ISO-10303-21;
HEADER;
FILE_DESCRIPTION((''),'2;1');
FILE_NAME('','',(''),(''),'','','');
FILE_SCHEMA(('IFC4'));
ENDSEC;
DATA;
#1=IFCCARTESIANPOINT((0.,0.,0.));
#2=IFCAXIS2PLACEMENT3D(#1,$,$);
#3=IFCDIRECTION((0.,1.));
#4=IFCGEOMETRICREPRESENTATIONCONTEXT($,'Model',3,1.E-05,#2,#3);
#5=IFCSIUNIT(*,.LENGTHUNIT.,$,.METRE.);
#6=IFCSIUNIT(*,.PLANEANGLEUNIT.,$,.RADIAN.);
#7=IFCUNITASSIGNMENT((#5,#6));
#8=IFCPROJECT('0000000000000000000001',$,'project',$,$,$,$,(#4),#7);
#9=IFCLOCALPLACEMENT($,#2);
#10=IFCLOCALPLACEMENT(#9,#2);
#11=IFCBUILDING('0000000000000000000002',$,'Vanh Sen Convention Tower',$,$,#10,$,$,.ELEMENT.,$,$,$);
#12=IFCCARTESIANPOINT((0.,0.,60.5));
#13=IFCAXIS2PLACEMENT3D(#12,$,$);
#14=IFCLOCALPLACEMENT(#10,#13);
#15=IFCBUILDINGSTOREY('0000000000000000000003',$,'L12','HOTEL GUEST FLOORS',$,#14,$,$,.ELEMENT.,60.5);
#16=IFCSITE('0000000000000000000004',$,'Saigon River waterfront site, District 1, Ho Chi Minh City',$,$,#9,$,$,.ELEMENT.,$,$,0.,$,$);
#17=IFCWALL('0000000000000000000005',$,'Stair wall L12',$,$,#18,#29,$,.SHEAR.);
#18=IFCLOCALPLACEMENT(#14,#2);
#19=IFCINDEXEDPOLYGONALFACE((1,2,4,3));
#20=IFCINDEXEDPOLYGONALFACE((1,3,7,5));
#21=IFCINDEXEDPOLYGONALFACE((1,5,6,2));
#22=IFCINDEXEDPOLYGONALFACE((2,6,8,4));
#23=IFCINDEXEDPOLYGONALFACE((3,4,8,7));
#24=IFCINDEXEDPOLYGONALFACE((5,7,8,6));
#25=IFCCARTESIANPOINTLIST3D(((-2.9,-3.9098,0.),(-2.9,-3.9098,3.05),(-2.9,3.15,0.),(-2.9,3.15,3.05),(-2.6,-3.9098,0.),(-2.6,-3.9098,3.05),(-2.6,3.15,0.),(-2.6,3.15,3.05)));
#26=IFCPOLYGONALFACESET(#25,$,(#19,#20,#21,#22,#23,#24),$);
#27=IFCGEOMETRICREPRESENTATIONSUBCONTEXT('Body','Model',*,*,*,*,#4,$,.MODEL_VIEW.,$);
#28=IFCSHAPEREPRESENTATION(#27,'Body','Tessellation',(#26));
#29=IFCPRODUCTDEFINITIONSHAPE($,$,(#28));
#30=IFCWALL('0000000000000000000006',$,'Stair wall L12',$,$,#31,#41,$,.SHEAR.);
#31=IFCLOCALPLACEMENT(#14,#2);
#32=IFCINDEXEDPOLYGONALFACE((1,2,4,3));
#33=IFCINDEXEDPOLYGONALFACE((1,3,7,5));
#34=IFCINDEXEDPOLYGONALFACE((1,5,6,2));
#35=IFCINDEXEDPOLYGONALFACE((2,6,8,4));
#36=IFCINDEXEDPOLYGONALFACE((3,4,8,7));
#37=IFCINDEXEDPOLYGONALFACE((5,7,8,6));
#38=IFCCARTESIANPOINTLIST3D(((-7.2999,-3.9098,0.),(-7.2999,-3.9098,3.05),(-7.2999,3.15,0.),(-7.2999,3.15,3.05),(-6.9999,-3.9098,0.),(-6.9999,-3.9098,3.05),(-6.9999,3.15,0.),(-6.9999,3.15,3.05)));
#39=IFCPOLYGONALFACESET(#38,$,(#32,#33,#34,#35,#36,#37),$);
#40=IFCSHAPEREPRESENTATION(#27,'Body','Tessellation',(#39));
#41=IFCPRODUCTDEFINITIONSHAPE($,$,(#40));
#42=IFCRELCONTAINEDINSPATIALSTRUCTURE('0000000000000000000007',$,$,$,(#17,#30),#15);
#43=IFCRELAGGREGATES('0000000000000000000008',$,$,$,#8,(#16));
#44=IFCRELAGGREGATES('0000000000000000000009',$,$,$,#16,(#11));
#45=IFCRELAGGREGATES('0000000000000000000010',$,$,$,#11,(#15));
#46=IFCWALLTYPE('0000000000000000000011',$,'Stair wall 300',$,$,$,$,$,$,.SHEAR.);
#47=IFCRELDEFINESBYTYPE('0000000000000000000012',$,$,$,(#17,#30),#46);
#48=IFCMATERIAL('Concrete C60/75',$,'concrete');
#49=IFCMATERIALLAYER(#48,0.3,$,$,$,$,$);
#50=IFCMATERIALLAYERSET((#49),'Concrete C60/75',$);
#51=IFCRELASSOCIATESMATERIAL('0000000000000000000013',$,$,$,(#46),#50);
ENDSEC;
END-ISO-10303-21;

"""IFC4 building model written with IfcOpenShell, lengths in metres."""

from ifc_helpers import new_model, si_unit, direction, frame, frame_2d, origin, place, context, subcontext, project, spatial, rectangle, extrude, material, layer, layer_set, type_object, element, save


model = new_model("IFC4")

# Units and contexts
model_context = context("Model", 3, precision=1e-05, world=origin(), true_north=direction((0.0, 1.0)))
body_context = subcontext(model_context, "Body", "Model", "MODEL_VIEW")
ifc_project = project(units=[si_unit("LENGTHUNIT", "METRE"), si_unit("PLANEANGLEUNIT", "RADIAN")], contexts=[model_context])

# Site, building, storey
site_placement = place(None, origin())
site = spatial("IfcSite", under=ifc_project, at=site_placement, Name="Saigon River waterfront site, District 1, Ho Chi Minh City", CompositionType="ELEMENT", RefElevation=0.0)
building_placement = place(site_placement, origin())
building = spatial("IfcBuilding", under=site, at=building_placement, Name="Vanh Sen Convention Tower", CompositionType="ELEMENT")
storey_placement = place(building_placement, frame((0.0, 0.0, 60.5)))
storey = spatial("IfcBuildingStorey", under=building, at=storey_placement, Name="L12", Description="HOTEL GUEST FLOORS", CompositionType="ELEMENT", Elevation=60.5)

# Shared definitions
ifc_material_1 = material(Name="Concrete C60/75", Category="concrete")

# Shared definitions
ifc_layer_1 = layer(ifc_material_1, 0.3)
ifc_layer_set_1 = layer_set([ifc_layer_1], Name="Concrete C60/75")
wall_type_1 = type_object("IfcWallType", Name="Stair wall 300", PredefinedType="SHEAR", material=ifc_layer_set_1)

# Walls
for number, where, z_axis, x_axis, name in (
    (1, (-2.75, 3.1499, 0.0), (0.0, 0.0, 1.0), (0.0, -1.0, 0.0), "Stair wall L12"),
    (2, (-7.1499, 3.1499, 0.0), (0.0, 0.0, 1.0), (0.0, -1.0, 0.0), "Stair wall L12"),
):
    element("IfcWall", number, at=place(storey_placement, frame(where, z_axis=z_axis, x_axis=x_axis)), inside=storey, type_object=wall_type_1, Name=name, PredefinedType="SHEAR", context=body_context, shape_type="SweptSolid", body=[
        extrude(rectangle(XDim=7.0598, YDim=0.3, at=frame_2d((3.5298, 0.0))), origin(), (0.0, 0.0, 1.0), 3.05),
    ])

save(model, "model.ifc")
